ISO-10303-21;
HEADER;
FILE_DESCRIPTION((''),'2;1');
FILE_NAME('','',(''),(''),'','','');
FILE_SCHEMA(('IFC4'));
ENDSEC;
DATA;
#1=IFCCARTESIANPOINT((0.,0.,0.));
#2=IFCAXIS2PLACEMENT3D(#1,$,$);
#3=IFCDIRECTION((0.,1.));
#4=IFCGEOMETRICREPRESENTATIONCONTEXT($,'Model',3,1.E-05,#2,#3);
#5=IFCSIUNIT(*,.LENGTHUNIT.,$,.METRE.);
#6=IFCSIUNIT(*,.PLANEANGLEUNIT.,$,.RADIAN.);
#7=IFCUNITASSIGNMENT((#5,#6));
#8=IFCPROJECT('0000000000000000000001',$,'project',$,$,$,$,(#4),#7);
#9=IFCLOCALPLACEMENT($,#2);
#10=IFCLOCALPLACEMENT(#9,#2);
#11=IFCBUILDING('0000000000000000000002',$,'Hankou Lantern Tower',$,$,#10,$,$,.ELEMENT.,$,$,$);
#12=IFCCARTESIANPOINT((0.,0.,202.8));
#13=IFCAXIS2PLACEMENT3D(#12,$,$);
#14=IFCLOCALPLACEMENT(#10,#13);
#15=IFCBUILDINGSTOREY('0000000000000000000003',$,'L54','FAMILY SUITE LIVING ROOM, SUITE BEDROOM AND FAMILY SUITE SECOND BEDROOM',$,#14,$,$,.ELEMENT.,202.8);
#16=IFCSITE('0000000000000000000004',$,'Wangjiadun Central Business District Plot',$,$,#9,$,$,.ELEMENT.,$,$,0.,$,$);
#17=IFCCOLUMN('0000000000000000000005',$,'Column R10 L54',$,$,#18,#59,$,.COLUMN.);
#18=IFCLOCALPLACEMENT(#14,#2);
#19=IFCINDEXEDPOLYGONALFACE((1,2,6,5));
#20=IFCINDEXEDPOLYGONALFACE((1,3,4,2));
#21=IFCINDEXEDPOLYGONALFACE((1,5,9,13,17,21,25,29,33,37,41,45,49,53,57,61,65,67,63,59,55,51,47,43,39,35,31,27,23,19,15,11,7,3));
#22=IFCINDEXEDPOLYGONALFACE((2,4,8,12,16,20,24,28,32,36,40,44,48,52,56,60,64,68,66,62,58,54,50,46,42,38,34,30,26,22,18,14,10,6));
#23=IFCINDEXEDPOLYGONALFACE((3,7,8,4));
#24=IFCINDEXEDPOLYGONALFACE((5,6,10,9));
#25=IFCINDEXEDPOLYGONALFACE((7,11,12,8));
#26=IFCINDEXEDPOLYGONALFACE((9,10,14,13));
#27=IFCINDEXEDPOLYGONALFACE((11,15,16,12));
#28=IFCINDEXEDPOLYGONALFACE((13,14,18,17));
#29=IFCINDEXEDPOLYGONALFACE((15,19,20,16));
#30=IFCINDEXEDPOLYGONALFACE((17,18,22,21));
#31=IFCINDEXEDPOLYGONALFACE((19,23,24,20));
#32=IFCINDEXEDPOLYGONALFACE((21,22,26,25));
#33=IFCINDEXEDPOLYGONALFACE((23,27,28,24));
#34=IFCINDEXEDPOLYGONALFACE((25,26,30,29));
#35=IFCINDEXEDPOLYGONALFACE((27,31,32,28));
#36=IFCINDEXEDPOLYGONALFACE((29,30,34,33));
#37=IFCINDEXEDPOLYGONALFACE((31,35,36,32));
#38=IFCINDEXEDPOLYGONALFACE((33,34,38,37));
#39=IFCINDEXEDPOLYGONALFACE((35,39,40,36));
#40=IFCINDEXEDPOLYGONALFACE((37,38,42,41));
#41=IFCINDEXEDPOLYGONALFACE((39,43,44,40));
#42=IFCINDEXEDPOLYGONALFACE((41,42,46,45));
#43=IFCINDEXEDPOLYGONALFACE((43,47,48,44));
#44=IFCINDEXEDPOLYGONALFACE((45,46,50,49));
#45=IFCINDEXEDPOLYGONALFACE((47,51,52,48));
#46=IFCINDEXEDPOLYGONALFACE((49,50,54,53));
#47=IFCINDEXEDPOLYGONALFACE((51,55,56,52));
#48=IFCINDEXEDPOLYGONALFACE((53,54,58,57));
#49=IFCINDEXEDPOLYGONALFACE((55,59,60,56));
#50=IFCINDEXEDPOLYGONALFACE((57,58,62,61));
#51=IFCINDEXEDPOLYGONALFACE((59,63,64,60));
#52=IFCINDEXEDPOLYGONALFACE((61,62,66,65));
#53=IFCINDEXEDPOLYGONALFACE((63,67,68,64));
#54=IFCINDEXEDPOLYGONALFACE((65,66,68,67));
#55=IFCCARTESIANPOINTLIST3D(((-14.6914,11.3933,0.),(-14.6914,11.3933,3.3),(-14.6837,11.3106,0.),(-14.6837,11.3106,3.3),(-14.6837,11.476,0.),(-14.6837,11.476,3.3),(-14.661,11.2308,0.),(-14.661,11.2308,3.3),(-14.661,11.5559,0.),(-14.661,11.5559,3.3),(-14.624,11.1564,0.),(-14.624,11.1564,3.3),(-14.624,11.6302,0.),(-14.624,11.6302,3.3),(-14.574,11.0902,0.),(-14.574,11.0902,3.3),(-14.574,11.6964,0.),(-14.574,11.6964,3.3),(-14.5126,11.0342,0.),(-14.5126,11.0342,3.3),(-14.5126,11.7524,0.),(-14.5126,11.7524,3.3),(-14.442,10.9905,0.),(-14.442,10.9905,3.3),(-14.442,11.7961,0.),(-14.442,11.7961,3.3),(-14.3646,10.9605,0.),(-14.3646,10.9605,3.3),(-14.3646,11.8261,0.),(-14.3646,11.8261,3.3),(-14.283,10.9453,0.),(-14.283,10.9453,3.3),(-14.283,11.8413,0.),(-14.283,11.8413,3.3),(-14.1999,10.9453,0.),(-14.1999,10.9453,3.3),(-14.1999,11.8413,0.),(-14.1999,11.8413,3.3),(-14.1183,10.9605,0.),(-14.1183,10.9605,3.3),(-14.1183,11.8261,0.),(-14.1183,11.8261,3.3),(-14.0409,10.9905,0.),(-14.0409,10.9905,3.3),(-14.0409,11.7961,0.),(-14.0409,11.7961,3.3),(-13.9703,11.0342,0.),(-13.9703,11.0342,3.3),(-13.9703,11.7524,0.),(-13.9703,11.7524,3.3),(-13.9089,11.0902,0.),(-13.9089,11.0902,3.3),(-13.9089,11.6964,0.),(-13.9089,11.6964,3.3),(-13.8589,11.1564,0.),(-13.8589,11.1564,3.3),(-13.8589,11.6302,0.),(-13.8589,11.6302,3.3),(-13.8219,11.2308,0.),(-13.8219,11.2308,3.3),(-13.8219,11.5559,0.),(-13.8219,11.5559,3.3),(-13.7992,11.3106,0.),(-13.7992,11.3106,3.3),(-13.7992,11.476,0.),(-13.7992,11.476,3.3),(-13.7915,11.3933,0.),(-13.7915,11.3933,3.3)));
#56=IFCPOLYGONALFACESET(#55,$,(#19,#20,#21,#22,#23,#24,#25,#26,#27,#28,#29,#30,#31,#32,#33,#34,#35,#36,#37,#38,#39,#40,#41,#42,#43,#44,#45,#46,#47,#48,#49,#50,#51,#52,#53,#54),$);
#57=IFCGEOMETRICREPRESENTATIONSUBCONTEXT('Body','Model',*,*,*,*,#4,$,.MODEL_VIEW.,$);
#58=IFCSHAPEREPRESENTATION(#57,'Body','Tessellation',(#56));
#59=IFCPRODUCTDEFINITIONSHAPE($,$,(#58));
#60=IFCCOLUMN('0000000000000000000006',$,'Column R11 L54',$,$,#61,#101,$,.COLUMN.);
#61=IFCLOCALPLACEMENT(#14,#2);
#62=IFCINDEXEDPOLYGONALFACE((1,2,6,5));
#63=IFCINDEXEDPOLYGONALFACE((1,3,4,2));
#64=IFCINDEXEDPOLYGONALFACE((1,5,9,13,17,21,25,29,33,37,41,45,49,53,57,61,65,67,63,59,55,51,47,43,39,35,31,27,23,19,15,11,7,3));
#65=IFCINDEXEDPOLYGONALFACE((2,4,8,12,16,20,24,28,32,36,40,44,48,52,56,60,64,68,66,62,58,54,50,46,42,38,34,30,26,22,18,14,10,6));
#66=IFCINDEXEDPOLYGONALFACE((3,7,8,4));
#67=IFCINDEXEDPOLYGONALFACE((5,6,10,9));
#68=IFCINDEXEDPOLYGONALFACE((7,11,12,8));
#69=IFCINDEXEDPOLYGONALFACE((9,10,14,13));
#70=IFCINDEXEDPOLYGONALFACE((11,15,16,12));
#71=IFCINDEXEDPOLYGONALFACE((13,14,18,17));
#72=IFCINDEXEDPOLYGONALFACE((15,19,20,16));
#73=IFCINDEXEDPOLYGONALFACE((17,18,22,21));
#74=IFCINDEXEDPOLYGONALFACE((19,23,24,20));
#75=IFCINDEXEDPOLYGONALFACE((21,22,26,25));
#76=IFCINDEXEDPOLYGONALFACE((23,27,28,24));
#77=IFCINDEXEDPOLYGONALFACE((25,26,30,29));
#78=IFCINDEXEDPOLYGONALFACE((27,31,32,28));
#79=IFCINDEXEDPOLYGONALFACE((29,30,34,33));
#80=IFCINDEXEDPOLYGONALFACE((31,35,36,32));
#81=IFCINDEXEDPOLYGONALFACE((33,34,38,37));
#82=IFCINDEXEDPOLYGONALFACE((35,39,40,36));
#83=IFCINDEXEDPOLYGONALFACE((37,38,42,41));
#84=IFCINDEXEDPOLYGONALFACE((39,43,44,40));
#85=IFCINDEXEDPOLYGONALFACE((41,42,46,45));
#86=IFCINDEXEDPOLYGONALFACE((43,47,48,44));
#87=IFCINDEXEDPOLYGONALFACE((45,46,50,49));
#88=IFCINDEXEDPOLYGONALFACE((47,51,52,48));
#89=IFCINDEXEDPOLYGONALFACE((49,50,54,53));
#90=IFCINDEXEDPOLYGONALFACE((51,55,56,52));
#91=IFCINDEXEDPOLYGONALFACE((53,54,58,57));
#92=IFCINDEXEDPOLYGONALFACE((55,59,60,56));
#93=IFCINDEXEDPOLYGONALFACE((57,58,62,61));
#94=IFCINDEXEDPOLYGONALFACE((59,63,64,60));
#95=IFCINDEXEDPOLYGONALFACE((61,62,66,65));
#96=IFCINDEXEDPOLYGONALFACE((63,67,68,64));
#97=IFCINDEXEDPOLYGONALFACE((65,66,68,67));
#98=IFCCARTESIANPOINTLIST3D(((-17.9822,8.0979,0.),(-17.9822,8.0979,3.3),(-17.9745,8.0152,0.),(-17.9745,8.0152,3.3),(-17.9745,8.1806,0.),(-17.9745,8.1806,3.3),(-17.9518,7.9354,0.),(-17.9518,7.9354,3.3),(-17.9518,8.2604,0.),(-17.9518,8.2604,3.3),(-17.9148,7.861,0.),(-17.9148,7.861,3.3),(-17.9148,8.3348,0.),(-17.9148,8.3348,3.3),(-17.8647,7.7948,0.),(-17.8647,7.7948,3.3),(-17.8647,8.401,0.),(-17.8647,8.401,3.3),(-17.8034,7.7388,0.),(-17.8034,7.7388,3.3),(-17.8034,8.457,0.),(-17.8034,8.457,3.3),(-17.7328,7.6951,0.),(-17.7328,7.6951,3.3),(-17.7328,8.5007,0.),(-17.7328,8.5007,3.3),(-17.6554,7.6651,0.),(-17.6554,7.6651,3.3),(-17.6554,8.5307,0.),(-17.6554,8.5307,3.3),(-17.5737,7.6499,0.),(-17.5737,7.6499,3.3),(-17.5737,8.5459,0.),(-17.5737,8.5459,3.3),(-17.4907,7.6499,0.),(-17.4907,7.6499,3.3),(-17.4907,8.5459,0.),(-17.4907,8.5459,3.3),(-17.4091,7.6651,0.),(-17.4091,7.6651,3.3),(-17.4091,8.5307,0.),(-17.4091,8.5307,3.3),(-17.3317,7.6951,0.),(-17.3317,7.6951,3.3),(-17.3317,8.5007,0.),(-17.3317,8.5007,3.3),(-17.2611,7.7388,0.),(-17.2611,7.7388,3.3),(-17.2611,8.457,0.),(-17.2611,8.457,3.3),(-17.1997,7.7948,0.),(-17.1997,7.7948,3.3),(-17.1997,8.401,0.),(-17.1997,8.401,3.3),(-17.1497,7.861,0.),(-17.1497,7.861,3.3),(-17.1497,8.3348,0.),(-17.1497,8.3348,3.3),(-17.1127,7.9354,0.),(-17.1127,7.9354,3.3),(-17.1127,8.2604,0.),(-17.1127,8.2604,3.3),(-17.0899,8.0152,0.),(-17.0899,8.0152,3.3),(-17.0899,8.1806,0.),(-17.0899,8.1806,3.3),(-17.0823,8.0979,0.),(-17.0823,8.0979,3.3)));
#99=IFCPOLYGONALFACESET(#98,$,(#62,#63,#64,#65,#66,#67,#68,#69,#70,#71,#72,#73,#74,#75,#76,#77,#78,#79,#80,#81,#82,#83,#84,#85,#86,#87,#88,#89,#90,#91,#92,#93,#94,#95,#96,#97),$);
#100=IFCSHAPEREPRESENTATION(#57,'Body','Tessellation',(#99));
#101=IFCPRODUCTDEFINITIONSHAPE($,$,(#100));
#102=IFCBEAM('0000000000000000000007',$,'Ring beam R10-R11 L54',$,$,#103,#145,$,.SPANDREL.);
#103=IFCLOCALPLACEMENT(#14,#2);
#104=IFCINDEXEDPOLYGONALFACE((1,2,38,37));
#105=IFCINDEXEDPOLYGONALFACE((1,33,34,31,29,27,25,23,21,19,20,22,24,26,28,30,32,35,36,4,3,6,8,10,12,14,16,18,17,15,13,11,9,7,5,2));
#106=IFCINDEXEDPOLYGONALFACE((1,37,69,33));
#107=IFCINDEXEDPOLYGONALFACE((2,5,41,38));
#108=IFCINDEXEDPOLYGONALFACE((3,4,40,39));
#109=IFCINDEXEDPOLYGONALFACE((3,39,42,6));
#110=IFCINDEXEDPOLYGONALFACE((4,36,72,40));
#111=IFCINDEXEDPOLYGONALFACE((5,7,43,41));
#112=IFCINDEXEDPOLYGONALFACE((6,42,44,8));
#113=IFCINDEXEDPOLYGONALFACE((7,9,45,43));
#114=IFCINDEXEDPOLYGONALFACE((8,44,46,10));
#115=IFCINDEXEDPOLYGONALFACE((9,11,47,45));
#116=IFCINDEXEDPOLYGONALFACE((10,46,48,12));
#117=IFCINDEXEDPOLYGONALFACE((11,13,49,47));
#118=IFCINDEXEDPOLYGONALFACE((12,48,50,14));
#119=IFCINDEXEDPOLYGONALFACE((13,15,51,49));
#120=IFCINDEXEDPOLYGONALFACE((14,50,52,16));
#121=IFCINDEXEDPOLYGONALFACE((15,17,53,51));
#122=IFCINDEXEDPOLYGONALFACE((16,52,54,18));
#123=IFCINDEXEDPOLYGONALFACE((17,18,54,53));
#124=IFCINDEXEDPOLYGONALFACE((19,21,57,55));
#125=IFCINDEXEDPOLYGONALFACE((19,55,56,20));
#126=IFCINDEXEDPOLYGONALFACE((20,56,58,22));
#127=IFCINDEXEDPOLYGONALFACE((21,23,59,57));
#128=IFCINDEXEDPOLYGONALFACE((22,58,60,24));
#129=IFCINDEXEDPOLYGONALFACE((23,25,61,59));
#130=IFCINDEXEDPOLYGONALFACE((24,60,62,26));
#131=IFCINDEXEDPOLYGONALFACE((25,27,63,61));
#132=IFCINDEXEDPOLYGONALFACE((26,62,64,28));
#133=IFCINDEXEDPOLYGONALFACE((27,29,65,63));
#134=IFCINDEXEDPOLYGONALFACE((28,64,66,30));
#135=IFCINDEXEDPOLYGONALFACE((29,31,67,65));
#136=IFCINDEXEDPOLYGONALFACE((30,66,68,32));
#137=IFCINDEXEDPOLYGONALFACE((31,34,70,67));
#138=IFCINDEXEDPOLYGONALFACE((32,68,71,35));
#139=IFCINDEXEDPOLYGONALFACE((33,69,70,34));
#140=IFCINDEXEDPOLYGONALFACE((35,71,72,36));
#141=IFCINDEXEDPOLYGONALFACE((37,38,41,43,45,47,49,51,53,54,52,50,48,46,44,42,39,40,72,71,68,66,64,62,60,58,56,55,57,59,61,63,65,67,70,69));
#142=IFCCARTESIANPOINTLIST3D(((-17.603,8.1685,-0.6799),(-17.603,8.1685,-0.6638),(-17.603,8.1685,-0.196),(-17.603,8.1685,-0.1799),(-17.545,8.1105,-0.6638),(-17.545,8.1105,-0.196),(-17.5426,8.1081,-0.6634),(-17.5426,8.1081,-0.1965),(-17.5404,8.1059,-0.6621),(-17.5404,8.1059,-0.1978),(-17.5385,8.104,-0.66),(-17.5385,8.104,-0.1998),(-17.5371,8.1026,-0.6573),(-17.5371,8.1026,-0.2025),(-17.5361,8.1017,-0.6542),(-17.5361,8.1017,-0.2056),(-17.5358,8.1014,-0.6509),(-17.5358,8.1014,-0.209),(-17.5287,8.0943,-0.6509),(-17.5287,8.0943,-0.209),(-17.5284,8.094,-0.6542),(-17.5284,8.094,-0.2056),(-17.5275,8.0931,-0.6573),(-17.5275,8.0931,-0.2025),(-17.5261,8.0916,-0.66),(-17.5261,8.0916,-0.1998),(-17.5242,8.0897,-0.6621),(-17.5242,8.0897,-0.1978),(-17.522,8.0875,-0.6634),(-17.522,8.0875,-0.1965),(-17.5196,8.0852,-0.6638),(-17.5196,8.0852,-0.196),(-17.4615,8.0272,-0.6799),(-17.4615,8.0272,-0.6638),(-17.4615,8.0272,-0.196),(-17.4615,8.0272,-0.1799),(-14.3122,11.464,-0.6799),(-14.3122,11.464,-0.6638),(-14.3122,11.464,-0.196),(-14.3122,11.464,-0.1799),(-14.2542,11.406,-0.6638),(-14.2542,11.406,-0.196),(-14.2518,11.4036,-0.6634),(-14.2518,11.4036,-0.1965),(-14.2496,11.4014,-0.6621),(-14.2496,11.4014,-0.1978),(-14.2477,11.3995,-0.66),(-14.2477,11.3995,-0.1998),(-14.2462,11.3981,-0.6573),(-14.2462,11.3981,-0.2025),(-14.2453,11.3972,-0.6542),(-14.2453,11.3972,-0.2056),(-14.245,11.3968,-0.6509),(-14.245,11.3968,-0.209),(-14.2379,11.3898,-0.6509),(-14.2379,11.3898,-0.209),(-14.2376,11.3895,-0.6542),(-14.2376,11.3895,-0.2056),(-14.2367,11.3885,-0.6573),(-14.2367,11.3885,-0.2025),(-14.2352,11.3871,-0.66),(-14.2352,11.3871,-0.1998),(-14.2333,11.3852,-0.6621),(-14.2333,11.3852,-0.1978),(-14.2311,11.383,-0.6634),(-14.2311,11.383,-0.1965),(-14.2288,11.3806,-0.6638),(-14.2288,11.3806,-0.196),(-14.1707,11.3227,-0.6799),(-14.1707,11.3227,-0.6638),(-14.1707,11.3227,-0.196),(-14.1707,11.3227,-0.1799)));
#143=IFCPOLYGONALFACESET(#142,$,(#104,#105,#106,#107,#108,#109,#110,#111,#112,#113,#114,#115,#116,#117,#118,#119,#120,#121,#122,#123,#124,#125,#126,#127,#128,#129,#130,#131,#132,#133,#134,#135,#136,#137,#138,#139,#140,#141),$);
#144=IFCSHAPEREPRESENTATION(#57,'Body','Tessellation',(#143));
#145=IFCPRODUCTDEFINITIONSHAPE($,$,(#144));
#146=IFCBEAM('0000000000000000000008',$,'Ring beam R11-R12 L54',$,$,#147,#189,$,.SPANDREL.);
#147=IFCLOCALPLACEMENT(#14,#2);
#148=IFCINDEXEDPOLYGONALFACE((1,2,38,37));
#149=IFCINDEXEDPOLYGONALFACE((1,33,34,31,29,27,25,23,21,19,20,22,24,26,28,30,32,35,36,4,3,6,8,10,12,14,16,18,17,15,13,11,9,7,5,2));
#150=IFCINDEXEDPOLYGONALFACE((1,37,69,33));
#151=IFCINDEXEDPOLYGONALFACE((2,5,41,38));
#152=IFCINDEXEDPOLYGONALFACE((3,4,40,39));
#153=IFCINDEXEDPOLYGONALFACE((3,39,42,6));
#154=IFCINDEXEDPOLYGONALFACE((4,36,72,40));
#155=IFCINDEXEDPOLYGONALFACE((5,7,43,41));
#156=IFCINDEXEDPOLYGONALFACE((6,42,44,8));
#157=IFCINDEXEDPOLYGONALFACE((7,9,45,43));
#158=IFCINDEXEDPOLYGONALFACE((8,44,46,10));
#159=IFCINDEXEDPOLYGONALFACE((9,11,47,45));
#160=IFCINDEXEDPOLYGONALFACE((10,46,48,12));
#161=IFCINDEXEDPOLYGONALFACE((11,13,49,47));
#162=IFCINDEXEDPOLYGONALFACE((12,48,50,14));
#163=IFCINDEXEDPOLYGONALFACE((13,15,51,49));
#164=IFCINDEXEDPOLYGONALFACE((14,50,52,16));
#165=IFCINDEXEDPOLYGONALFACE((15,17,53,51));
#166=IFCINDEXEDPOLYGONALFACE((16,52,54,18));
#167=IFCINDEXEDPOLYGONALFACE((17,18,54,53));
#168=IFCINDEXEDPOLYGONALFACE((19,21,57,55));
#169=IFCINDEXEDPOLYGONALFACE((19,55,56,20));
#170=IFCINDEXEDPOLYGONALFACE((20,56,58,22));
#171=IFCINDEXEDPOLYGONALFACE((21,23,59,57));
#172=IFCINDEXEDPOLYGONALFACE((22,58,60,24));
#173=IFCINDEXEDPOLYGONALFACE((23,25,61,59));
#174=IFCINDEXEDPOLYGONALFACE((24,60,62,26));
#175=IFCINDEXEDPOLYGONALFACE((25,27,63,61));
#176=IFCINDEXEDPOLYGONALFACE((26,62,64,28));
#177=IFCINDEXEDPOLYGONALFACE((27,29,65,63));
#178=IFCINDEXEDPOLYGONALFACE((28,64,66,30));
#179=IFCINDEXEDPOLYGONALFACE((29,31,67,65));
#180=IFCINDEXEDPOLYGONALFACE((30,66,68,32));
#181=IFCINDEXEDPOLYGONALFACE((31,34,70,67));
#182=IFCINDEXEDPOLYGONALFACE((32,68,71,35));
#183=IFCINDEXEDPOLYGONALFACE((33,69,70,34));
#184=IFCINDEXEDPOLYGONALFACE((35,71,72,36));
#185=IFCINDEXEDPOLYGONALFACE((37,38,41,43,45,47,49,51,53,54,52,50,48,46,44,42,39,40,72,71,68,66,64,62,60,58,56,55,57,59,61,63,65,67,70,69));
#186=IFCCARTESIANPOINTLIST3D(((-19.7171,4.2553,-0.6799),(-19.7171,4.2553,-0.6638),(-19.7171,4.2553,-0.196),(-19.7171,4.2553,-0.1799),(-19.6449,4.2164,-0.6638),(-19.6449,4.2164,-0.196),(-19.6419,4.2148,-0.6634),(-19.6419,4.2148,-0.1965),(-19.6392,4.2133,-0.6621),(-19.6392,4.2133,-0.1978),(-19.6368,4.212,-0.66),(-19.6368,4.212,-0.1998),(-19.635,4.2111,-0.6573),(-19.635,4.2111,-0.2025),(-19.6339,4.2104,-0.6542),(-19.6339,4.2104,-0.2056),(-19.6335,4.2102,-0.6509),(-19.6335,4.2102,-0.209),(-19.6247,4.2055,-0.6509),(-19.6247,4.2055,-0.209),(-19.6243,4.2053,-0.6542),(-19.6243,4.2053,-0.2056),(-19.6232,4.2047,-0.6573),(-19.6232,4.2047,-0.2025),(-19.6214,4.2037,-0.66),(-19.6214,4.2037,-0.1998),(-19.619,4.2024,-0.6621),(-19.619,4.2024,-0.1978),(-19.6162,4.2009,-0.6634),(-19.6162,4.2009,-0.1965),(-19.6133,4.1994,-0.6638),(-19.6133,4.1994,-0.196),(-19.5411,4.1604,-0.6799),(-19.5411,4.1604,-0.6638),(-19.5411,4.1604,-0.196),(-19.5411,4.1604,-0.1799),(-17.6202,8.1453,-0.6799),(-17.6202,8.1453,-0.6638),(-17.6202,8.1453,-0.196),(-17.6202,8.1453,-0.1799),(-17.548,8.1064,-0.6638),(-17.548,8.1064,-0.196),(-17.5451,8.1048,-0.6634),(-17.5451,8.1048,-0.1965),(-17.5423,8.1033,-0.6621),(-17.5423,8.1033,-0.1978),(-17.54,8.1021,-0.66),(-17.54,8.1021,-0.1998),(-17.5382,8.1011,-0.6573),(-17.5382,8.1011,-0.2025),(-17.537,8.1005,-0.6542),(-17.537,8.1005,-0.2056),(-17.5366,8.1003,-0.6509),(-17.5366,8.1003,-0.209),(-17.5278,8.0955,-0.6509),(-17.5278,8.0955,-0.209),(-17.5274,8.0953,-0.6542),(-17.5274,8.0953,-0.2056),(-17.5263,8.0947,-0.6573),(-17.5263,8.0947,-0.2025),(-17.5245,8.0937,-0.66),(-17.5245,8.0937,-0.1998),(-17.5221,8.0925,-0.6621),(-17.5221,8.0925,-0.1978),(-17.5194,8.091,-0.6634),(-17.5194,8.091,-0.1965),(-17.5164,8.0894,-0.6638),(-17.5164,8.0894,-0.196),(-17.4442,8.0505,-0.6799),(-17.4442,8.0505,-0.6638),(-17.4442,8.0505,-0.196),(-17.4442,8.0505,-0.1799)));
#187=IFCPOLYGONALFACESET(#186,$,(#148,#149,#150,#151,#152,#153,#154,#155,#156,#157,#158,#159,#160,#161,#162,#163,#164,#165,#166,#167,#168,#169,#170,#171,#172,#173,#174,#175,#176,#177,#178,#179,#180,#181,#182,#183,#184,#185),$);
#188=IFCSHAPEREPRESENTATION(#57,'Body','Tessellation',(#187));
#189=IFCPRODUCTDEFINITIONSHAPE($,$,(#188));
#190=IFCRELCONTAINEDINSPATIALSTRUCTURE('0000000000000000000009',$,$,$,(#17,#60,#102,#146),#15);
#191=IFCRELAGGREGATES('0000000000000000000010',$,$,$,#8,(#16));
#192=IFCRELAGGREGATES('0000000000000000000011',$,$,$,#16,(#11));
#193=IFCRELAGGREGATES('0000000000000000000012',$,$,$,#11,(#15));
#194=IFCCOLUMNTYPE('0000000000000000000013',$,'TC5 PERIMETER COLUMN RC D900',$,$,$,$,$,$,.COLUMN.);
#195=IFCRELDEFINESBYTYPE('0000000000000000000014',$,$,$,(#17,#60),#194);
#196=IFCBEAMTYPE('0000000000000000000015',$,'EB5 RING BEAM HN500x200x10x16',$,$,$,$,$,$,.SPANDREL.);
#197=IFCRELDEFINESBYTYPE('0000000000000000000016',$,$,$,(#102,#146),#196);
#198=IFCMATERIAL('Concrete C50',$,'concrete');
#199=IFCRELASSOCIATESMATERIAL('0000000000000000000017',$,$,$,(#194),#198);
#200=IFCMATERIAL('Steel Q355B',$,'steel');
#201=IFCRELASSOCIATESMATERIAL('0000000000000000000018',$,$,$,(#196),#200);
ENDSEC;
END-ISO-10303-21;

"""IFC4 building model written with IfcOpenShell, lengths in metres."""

from ifc_helpers import new_model, si_unit, direction, frame, origin, origin_2d, place, context, subcontext, project, spatial, circle, i_section, extrude, material, material_profile, profile_set, type_object, element, save


model = new_model("IFC4")

# Units and contexts
model_context = context("Model", 3, precision=1e-05, world=origin(), true_north=direction((0.0, 1.0)))
body_context = subcontext(model_context, "Body", "Model", "MODEL_VIEW")
ifc_project = project(units=[si_unit("LENGTHUNIT", "METRE"), si_unit("PLANEANGLEUNIT", "RADIAN")], contexts=[model_context])

# Site, building, storey
site_placement = place(None, origin())
site = spatial("IfcSite", under=ifc_project, at=site_placement, Name="Wangjiadun Central Business District Plot", CompositionType="ELEMENT", RefElevation=0.0)
building_placement = place(site_placement, origin())
building = spatial("IfcBuilding", under=site, at=building_placement, Name="Hankou Lantern Tower", CompositionType="ELEMENT")
storey_placement = place(building_placement, frame((0.0, 0.0, 202.8)))
storey = spatial("IfcBuildingStorey", under=building, at=storey_placement, Name="L54", Description="FAMILY SUITE LIVING ROOM, SUITE BEDROOM AND FAMILY SUITE SECOND BEDROOM", CompositionType="ELEMENT", Elevation=202.8)

# Columns
ifc_material_1 = material(Name="Concrete C50", Category="concrete")
ifc_material_profile_1 = material_profile(ifc_material_1, circle(Radius=0.45, at=origin_2d()), Name="RC D900")
ifc_profile_set_1 = profile_set([ifc_material_profile_1], Name="Concrete C50")
column_type = type_object("IfcColumnType", Name="TC5 PERIMETER COLUMN RC D900", PredefinedType="COLUMN", material=ifc_profile_set_1)
for number, where, z_axis, x_axis, name in (
    (1, (-14.2415, 11.3933, 0.0), (0.0, 0.0, 1.0), (1.0, 0.0, 0.0), "Column R10 L54"),
    (2, (-17.5322, 8.0979, 0.0), (0.0, 0.0, 1.0), (1.0, 0.0, 0.0), "Column R11 L54"),
):
    element("IfcColumn", number, at=place(storey_placement, frame(where, z_axis=z_axis, x_axis=x_axis)), inside=storey, type_object=column_type, Name=name, PredefinedType="COLUMN", context=body_context, shape_type="SweptSolid", body=[
        extrude(circle(Radius=0.45, at=origin_2d()), origin(), (0.0, 0.0, 1.0), 3.3),
    ])

# Beams
ifc_material_2 = material(Name="Steel Q355B", Category="steel")
ifc_material_profile_2 = material_profile(ifc_material_2, i_section(OverallWidth=0.2, OverallDepth=0.5, WebThickness=0.01, FlangeThickness=0.0161, FilletRadius=0.0129, at=origin_2d()), Name="HN500x200x10x16")
ifc_profile_set_2 = profile_set([ifc_material_profile_2], Name="Steel Q355B")
beam_type_1 = type_object("IfcBeamType", Name="EB5 RING BEAM HN500x200x10x16", PredefinedType="SPANDREL", material=ifc_profile_set_2)
beam_1_placement = place(storey_placement, frame((-14.2415, 11.3933, -0.4299), z_axis=(-0.706609, -0.707605, 0.0), x_axis=(0.707605, -0.706609, 0.0)))
element("IfcBeam", 3, at=beam_1_placement, inside=storey, type_object=beam_type_1, Name="Ring beam R10-R11 L54", PredefinedType="SPANDREL", context=body_context, shape_type="SweptSolid", body=[
    extrude(i_section(OverallWidth=0.2, OverallDepth=0.5, WebThickness=0.01, FlangeThickness=0.0161, FilletRadius=0.0129, at=origin_2d()), origin(), (0.0, 0.0, 1.0), 4.6572),
])
beam_2_placement = place(storey_placement, frame((-17.5322, 8.0979, -0.4299), z_axis=(-0.474492, -0.88026, 0.0), x_axis=(0.88026, -0.474492, 0.0)))
element("IfcBeam", 4, at=beam_2_placement, inside=storey, type_object=beam_type_1, Name="Ring beam R11-R12 L54", PredefinedType="SPANDREL", context=body_context, shape_type="SweptSolid", body=[
    extrude(i_section(OverallWidth=0.2, OverallDepth=0.5, WebThickness=0.01, FlangeThickness=0.0161, FilletRadius=0.0129, at=origin_2d()), origin(), (0.0, 0.0, 1.0), 4.4192),
])

save(model, "model.ifc")
